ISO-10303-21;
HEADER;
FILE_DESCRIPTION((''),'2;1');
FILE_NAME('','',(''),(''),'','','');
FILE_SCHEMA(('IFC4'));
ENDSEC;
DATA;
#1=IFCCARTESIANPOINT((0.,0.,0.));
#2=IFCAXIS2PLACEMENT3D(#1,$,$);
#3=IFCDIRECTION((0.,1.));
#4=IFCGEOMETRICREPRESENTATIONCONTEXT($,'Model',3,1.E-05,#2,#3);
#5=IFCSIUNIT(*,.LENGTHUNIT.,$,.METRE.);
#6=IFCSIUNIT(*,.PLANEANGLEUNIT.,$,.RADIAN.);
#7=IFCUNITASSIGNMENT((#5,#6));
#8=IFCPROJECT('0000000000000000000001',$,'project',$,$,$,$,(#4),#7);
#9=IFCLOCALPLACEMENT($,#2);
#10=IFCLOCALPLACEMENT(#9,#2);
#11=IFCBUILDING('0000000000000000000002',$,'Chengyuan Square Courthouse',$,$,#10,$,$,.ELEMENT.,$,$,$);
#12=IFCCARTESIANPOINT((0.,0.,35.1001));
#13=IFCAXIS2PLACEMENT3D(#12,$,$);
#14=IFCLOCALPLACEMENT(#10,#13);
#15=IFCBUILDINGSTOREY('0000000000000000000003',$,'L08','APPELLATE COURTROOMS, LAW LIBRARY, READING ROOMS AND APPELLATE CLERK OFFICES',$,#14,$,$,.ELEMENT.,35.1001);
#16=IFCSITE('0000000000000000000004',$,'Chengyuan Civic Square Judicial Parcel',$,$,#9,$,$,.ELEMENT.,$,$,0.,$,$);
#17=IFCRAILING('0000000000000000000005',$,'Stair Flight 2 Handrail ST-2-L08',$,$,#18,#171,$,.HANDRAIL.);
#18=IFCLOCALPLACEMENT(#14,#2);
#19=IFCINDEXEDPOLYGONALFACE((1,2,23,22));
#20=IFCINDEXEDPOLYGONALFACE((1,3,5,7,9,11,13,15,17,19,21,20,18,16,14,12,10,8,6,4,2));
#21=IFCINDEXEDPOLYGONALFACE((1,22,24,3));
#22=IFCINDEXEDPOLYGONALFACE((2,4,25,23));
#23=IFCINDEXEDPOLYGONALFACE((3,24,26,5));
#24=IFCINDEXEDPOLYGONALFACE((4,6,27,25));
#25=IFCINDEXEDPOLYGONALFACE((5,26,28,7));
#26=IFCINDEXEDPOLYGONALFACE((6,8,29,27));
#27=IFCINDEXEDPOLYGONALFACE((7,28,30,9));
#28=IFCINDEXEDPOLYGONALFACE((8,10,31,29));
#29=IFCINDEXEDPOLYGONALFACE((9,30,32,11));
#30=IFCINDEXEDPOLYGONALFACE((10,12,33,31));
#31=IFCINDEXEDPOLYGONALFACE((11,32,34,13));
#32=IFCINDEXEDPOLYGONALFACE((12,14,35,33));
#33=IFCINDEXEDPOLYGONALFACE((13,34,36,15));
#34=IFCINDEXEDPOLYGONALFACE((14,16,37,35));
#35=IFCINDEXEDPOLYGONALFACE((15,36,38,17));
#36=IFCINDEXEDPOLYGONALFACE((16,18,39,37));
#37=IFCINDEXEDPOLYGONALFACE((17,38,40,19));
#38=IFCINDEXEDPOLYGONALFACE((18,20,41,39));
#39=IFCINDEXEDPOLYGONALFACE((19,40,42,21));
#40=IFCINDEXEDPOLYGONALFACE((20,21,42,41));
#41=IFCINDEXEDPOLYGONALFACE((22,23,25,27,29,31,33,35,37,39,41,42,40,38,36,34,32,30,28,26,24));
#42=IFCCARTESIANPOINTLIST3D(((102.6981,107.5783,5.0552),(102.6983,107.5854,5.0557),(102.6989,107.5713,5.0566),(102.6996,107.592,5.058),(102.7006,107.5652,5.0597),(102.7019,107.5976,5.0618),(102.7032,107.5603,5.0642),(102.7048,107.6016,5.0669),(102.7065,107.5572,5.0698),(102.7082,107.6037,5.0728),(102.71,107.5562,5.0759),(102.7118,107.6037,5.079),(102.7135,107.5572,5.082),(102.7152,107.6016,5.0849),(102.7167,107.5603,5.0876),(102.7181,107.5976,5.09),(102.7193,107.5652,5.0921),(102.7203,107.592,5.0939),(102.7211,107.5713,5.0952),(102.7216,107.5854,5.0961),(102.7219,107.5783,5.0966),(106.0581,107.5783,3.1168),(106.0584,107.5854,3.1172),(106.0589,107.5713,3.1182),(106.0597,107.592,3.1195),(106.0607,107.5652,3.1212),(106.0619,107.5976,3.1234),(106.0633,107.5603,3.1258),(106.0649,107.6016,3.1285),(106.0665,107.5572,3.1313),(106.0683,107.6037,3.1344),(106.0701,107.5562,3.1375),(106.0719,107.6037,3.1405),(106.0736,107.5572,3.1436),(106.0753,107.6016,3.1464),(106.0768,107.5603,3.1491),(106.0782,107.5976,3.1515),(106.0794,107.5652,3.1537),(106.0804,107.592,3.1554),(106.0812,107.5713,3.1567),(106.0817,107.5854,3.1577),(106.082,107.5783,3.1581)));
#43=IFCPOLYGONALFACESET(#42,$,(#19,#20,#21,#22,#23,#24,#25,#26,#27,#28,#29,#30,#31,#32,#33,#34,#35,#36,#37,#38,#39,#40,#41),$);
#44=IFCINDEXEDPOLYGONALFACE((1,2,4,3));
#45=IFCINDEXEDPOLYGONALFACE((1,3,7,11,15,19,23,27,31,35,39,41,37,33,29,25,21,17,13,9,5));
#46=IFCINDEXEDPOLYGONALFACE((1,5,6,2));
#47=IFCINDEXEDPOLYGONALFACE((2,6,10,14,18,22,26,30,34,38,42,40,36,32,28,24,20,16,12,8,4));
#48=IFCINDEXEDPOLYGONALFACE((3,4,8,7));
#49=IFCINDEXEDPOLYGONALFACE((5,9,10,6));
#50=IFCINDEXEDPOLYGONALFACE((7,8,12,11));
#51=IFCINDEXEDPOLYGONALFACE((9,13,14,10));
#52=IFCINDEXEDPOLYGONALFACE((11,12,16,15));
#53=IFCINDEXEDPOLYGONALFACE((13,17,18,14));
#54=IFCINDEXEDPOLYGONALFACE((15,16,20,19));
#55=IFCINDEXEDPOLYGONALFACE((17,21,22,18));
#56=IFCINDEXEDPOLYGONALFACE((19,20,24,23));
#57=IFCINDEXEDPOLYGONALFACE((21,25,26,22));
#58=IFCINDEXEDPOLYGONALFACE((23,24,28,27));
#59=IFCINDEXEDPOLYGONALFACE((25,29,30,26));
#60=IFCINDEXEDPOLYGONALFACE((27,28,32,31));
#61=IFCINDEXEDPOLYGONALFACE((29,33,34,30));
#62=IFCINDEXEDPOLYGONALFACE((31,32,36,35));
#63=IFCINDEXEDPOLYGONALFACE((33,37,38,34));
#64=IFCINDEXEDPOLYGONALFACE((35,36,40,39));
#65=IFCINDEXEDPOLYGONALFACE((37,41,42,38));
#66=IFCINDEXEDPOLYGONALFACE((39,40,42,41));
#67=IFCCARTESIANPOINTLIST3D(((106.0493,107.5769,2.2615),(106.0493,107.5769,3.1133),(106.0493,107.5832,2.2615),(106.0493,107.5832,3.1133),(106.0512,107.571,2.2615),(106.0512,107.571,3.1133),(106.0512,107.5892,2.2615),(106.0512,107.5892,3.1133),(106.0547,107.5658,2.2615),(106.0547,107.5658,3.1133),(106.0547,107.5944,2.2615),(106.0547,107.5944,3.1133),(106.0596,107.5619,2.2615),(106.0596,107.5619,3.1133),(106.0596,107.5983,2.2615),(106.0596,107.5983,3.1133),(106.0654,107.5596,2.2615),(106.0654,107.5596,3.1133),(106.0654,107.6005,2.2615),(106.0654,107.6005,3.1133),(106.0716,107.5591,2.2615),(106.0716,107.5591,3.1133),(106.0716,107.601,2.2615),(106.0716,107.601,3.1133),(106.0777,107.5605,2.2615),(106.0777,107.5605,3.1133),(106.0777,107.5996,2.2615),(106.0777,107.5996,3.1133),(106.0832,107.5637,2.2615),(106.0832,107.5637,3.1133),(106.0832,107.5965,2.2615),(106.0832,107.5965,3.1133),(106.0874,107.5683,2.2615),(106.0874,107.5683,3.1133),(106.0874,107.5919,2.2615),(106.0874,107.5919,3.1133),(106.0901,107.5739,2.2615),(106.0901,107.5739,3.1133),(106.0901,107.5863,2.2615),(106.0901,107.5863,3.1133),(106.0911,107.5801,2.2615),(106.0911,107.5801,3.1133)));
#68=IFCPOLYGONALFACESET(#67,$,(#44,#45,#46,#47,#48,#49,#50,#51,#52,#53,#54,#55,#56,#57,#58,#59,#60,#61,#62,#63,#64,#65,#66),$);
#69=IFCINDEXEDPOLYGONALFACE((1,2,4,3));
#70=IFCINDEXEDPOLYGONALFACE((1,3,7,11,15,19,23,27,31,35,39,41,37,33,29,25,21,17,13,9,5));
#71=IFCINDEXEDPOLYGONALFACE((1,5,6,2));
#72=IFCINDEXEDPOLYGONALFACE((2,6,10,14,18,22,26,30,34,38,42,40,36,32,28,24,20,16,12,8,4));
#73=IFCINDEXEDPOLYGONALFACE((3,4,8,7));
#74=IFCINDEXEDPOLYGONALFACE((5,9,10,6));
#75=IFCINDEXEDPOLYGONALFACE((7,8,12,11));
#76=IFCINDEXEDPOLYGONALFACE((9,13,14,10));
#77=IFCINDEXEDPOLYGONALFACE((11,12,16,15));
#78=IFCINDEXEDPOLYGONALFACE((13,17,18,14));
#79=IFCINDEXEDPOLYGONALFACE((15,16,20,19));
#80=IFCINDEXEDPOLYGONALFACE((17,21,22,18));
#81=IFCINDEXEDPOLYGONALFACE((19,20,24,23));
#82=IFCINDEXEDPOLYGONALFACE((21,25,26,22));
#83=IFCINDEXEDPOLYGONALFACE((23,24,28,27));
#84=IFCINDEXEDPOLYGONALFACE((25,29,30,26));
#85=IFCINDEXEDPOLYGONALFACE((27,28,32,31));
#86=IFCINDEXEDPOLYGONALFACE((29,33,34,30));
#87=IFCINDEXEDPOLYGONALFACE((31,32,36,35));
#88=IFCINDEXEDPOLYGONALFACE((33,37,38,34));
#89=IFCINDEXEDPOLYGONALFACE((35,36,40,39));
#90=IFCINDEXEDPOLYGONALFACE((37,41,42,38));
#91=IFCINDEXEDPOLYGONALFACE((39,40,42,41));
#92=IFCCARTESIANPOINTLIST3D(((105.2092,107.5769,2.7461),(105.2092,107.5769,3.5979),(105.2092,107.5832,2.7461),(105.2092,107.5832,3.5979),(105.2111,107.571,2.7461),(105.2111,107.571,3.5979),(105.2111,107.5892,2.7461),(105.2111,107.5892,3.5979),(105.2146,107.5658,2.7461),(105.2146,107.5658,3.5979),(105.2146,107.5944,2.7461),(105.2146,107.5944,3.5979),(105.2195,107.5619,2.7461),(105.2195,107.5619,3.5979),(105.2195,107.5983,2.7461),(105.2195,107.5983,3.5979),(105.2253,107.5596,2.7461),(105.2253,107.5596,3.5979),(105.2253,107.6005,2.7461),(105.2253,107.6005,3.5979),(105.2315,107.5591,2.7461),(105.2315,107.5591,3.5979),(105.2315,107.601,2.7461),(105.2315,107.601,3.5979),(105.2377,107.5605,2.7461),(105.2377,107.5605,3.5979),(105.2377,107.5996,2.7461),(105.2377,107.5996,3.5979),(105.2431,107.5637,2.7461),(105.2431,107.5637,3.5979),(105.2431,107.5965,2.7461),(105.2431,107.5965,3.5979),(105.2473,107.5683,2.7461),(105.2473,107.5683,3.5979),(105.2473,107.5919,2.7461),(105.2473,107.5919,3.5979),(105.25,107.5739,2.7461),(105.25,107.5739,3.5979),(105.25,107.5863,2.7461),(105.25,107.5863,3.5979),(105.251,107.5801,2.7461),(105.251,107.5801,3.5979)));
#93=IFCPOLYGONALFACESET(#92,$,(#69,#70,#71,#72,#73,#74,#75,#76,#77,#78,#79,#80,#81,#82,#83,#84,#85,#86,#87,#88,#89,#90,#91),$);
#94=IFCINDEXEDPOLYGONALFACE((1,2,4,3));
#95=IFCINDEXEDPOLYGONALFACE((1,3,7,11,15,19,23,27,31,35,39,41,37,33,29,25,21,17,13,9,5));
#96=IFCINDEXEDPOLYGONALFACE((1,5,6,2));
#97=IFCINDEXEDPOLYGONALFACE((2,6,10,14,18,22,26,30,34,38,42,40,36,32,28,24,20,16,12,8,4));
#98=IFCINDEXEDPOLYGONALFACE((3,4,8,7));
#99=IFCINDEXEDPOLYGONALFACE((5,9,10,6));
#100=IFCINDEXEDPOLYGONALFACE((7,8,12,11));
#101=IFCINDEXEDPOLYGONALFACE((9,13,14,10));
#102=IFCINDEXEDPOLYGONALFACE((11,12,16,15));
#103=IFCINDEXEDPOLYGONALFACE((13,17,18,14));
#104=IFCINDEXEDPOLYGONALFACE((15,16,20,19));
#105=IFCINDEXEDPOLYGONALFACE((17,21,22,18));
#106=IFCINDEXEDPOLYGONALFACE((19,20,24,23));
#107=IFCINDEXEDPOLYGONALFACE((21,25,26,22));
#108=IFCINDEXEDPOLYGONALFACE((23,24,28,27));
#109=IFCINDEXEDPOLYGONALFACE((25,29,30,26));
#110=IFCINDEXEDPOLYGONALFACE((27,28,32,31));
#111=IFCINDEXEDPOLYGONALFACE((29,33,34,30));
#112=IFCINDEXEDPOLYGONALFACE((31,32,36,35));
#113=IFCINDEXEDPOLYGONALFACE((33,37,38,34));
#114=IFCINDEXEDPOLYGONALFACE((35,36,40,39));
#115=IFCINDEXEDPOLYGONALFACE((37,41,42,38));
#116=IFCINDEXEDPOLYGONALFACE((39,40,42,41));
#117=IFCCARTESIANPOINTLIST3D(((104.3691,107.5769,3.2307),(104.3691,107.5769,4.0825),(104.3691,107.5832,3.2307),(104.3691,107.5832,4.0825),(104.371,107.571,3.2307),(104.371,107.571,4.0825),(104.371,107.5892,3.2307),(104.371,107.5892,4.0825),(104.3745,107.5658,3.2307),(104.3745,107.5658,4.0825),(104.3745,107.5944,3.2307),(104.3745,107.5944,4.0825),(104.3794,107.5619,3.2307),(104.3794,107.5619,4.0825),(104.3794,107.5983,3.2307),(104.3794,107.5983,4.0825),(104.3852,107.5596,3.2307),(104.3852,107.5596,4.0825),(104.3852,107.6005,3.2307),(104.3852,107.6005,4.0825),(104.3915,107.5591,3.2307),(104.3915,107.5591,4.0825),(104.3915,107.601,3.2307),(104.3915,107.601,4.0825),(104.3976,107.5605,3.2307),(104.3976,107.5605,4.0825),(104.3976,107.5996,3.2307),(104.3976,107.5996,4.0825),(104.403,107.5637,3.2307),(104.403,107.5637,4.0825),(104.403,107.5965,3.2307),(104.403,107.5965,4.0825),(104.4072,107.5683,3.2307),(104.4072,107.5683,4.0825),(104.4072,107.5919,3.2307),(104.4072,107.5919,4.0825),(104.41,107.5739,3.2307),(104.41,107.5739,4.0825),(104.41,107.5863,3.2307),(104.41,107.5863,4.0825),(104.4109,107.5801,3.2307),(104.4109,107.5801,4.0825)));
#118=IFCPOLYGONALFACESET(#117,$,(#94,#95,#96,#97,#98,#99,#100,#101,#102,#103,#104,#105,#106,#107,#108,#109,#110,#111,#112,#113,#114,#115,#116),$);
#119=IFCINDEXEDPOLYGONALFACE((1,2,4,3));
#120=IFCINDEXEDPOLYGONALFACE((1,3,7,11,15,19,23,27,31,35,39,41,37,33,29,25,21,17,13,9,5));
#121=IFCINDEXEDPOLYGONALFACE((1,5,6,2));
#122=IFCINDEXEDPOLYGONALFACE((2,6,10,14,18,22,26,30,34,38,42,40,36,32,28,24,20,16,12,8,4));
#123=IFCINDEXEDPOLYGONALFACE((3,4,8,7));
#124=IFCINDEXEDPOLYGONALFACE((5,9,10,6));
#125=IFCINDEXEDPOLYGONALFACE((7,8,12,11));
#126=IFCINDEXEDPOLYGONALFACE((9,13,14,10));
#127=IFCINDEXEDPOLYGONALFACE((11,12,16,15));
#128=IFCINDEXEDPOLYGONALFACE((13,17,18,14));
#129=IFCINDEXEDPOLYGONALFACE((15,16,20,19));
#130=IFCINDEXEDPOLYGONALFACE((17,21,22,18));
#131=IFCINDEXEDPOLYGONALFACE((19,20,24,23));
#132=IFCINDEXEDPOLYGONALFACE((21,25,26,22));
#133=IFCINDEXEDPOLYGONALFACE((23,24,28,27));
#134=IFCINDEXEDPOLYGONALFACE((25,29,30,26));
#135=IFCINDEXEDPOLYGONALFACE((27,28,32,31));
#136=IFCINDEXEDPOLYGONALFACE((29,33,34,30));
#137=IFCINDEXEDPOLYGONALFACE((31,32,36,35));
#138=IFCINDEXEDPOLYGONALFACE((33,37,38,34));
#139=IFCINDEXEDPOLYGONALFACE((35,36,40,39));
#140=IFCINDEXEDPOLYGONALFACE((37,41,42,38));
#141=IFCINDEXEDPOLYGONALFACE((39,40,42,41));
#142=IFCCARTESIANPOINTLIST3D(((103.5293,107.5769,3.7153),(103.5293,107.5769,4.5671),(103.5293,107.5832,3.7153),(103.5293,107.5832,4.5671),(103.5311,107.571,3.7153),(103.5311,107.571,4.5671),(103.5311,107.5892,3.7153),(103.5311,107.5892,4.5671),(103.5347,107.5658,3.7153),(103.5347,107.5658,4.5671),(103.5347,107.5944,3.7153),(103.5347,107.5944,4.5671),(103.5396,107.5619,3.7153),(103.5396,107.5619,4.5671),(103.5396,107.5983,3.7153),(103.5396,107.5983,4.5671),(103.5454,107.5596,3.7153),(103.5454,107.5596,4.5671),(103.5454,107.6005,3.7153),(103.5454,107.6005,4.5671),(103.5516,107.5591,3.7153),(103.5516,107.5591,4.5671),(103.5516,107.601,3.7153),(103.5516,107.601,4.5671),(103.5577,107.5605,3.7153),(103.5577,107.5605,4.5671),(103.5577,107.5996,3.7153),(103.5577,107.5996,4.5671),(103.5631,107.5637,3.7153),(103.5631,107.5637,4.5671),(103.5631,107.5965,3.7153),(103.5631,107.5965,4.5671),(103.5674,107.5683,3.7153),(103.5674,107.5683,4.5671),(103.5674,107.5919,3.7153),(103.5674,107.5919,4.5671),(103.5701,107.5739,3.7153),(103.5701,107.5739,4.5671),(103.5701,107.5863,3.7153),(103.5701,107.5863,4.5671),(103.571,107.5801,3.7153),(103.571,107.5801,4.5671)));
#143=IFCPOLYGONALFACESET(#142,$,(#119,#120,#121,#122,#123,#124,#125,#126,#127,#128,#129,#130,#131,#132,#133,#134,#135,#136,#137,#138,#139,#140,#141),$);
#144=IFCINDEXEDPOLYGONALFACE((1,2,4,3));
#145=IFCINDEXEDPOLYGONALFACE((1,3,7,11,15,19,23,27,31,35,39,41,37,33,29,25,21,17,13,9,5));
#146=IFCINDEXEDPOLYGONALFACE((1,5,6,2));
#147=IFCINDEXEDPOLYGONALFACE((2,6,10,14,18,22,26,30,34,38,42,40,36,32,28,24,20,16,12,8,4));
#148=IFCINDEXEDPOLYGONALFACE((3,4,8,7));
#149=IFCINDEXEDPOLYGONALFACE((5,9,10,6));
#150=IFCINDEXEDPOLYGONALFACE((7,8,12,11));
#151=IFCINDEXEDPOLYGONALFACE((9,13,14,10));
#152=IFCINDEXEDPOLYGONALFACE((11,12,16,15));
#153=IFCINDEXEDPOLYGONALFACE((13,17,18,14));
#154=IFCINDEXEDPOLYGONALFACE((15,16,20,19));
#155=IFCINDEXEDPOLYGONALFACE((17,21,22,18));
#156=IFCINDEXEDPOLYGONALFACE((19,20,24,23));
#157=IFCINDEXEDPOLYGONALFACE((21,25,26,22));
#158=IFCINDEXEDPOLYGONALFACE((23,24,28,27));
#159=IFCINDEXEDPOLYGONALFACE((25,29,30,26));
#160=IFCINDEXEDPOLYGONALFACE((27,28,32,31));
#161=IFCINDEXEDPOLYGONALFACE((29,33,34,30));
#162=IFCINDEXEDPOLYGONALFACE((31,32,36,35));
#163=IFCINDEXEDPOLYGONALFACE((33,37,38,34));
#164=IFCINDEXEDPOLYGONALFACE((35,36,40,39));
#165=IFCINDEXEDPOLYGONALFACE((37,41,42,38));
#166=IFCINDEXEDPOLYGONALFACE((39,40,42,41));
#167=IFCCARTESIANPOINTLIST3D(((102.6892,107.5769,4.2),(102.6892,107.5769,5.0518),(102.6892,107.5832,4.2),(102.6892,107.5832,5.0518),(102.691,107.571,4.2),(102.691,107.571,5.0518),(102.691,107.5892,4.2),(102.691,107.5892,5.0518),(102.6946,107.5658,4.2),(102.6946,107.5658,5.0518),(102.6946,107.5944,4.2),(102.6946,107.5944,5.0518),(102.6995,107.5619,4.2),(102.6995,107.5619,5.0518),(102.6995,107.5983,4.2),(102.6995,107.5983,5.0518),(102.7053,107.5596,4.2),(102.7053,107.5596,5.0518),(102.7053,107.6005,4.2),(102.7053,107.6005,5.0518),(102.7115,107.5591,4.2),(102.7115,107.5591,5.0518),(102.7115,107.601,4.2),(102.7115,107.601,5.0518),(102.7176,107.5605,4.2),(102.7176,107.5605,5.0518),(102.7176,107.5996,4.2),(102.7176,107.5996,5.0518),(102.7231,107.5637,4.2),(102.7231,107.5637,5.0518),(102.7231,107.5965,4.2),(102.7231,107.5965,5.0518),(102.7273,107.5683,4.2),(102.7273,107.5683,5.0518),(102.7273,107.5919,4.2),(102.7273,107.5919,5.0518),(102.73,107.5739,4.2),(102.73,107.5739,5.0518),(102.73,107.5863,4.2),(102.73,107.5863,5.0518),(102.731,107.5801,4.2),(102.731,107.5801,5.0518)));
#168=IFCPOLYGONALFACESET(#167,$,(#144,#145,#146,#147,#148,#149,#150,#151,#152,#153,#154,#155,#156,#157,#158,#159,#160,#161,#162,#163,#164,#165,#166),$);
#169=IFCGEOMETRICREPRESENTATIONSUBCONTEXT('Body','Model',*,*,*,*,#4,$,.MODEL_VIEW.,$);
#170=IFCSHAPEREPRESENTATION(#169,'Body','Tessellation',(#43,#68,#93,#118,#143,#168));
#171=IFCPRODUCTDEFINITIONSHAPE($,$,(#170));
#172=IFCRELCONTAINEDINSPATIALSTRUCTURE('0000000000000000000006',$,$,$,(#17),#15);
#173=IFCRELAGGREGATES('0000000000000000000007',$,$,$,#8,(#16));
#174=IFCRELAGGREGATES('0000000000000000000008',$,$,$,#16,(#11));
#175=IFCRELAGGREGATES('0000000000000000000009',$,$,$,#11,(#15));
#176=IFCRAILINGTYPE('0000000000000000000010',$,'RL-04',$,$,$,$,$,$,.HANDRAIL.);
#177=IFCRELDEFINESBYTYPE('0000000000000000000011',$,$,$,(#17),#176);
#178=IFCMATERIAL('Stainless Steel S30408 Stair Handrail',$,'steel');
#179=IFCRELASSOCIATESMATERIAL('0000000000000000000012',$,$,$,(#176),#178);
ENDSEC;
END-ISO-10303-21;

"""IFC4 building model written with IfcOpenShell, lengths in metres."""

from ifc_helpers import new_model, si_unit, direction, frame, origin, origin_2d, place, context, subcontext, project, spatial, circle, extrude, material, type_object, element, save


model = new_model("IFC4")

# Units and contexts
model_context = context("Model", 3, precision=1e-05, world=origin(), true_north=direction((0.0, 1.0)))
body_context = subcontext(model_context, "Body", "Model", "MODEL_VIEW")
ifc_project = project(units=[si_unit("LENGTHUNIT", "METRE"), si_unit("PLANEANGLEUNIT", "RADIAN")], contexts=[model_context])

# Site, building, storey
site_placement = place(None, origin())
site = spatial("IfcSite", under=ifc_project, at=site_placement, Name="Chengyuan Civic Square Judicial Parcel", CompositionType="ELEMENT", RefElevation=0.0)
building_placement = place(site_placement, origin())
building = spatial("IfcBuilding", under=site, at=building_placement, Name="Chengyuan Square Courthouse", CompositionType="ELEMENT")
storey_placement = place(building_placement, frame((0.0, 0.0, 35.1001)))
storey = spatial("IfcBuildingStorey", under=building, at=storey_placement, Name="L08", Description="APPELLATE COURTROOMS, LAW LIBRARY, READING ROOMS AND APPELLATE CLERK OFFICES", CompositionType="ELEMENT", Elevation=35.1001)

# Railing
ifc_material_1 = material(Name="Stainless Steel S30408 Stair Handrail", Category="steel")
railing_type_1 = type_object("IfcRailingType", Name="RL-04", PredefinedType="HANDRAIL", material=ifc_material_1)
railing_1_placement = place(storey_placement, frame((106.0701, 107.5801, 2.2615)))
element("IfcRailing", 1, at=railing_1_placement, inside=storey, type_object=railing_type_1, Name="Stair Flight 2 Handrail ST-2-L08", PredefinedType="HANDRAIL", context=body_context, shape_type="SweptSolid", body=[
    extrude(circle(Radius=0.0239, at=origin_2d()), frame((0.0, 0.0, 0.876), z_axis=(-0.866191, 0.0, 0.499713), x_axis=(0.0, -1.0, 0.0)), (0.0, 0.0, 1.0), 3.8792),
    extrude(circle(Radius=0.021, at=origin_2d()), origin(), (0.0, 0.0, 1.0), 0.8518),
    extrude(circle(Radius=0.021, at=origin_2d()), frame((-0.8401, 0.0, 0.4846)), (0.0, 0.0, 1.0), 0.8518),
    extrude(circle(Radius=0.021, at=origin_2d()), frame((-1.6802, 0.0, 0.9692)), (0.0, 0.0, 1.0), 0.8518),
    extrude(circle(Radius=0.021, at=origin_2d()), frame((-2.52, 0.0, 1.4539)), (0.0, 0.0, 1.0), 0.8518),
    extrude(circle(Radius=0.021, at=origin_2d()), frame((-3.3601, 0.0, 1.9385)), (0.0, 0.0, 1.0), 0.8518),
])

save(model, "model.ifc")
